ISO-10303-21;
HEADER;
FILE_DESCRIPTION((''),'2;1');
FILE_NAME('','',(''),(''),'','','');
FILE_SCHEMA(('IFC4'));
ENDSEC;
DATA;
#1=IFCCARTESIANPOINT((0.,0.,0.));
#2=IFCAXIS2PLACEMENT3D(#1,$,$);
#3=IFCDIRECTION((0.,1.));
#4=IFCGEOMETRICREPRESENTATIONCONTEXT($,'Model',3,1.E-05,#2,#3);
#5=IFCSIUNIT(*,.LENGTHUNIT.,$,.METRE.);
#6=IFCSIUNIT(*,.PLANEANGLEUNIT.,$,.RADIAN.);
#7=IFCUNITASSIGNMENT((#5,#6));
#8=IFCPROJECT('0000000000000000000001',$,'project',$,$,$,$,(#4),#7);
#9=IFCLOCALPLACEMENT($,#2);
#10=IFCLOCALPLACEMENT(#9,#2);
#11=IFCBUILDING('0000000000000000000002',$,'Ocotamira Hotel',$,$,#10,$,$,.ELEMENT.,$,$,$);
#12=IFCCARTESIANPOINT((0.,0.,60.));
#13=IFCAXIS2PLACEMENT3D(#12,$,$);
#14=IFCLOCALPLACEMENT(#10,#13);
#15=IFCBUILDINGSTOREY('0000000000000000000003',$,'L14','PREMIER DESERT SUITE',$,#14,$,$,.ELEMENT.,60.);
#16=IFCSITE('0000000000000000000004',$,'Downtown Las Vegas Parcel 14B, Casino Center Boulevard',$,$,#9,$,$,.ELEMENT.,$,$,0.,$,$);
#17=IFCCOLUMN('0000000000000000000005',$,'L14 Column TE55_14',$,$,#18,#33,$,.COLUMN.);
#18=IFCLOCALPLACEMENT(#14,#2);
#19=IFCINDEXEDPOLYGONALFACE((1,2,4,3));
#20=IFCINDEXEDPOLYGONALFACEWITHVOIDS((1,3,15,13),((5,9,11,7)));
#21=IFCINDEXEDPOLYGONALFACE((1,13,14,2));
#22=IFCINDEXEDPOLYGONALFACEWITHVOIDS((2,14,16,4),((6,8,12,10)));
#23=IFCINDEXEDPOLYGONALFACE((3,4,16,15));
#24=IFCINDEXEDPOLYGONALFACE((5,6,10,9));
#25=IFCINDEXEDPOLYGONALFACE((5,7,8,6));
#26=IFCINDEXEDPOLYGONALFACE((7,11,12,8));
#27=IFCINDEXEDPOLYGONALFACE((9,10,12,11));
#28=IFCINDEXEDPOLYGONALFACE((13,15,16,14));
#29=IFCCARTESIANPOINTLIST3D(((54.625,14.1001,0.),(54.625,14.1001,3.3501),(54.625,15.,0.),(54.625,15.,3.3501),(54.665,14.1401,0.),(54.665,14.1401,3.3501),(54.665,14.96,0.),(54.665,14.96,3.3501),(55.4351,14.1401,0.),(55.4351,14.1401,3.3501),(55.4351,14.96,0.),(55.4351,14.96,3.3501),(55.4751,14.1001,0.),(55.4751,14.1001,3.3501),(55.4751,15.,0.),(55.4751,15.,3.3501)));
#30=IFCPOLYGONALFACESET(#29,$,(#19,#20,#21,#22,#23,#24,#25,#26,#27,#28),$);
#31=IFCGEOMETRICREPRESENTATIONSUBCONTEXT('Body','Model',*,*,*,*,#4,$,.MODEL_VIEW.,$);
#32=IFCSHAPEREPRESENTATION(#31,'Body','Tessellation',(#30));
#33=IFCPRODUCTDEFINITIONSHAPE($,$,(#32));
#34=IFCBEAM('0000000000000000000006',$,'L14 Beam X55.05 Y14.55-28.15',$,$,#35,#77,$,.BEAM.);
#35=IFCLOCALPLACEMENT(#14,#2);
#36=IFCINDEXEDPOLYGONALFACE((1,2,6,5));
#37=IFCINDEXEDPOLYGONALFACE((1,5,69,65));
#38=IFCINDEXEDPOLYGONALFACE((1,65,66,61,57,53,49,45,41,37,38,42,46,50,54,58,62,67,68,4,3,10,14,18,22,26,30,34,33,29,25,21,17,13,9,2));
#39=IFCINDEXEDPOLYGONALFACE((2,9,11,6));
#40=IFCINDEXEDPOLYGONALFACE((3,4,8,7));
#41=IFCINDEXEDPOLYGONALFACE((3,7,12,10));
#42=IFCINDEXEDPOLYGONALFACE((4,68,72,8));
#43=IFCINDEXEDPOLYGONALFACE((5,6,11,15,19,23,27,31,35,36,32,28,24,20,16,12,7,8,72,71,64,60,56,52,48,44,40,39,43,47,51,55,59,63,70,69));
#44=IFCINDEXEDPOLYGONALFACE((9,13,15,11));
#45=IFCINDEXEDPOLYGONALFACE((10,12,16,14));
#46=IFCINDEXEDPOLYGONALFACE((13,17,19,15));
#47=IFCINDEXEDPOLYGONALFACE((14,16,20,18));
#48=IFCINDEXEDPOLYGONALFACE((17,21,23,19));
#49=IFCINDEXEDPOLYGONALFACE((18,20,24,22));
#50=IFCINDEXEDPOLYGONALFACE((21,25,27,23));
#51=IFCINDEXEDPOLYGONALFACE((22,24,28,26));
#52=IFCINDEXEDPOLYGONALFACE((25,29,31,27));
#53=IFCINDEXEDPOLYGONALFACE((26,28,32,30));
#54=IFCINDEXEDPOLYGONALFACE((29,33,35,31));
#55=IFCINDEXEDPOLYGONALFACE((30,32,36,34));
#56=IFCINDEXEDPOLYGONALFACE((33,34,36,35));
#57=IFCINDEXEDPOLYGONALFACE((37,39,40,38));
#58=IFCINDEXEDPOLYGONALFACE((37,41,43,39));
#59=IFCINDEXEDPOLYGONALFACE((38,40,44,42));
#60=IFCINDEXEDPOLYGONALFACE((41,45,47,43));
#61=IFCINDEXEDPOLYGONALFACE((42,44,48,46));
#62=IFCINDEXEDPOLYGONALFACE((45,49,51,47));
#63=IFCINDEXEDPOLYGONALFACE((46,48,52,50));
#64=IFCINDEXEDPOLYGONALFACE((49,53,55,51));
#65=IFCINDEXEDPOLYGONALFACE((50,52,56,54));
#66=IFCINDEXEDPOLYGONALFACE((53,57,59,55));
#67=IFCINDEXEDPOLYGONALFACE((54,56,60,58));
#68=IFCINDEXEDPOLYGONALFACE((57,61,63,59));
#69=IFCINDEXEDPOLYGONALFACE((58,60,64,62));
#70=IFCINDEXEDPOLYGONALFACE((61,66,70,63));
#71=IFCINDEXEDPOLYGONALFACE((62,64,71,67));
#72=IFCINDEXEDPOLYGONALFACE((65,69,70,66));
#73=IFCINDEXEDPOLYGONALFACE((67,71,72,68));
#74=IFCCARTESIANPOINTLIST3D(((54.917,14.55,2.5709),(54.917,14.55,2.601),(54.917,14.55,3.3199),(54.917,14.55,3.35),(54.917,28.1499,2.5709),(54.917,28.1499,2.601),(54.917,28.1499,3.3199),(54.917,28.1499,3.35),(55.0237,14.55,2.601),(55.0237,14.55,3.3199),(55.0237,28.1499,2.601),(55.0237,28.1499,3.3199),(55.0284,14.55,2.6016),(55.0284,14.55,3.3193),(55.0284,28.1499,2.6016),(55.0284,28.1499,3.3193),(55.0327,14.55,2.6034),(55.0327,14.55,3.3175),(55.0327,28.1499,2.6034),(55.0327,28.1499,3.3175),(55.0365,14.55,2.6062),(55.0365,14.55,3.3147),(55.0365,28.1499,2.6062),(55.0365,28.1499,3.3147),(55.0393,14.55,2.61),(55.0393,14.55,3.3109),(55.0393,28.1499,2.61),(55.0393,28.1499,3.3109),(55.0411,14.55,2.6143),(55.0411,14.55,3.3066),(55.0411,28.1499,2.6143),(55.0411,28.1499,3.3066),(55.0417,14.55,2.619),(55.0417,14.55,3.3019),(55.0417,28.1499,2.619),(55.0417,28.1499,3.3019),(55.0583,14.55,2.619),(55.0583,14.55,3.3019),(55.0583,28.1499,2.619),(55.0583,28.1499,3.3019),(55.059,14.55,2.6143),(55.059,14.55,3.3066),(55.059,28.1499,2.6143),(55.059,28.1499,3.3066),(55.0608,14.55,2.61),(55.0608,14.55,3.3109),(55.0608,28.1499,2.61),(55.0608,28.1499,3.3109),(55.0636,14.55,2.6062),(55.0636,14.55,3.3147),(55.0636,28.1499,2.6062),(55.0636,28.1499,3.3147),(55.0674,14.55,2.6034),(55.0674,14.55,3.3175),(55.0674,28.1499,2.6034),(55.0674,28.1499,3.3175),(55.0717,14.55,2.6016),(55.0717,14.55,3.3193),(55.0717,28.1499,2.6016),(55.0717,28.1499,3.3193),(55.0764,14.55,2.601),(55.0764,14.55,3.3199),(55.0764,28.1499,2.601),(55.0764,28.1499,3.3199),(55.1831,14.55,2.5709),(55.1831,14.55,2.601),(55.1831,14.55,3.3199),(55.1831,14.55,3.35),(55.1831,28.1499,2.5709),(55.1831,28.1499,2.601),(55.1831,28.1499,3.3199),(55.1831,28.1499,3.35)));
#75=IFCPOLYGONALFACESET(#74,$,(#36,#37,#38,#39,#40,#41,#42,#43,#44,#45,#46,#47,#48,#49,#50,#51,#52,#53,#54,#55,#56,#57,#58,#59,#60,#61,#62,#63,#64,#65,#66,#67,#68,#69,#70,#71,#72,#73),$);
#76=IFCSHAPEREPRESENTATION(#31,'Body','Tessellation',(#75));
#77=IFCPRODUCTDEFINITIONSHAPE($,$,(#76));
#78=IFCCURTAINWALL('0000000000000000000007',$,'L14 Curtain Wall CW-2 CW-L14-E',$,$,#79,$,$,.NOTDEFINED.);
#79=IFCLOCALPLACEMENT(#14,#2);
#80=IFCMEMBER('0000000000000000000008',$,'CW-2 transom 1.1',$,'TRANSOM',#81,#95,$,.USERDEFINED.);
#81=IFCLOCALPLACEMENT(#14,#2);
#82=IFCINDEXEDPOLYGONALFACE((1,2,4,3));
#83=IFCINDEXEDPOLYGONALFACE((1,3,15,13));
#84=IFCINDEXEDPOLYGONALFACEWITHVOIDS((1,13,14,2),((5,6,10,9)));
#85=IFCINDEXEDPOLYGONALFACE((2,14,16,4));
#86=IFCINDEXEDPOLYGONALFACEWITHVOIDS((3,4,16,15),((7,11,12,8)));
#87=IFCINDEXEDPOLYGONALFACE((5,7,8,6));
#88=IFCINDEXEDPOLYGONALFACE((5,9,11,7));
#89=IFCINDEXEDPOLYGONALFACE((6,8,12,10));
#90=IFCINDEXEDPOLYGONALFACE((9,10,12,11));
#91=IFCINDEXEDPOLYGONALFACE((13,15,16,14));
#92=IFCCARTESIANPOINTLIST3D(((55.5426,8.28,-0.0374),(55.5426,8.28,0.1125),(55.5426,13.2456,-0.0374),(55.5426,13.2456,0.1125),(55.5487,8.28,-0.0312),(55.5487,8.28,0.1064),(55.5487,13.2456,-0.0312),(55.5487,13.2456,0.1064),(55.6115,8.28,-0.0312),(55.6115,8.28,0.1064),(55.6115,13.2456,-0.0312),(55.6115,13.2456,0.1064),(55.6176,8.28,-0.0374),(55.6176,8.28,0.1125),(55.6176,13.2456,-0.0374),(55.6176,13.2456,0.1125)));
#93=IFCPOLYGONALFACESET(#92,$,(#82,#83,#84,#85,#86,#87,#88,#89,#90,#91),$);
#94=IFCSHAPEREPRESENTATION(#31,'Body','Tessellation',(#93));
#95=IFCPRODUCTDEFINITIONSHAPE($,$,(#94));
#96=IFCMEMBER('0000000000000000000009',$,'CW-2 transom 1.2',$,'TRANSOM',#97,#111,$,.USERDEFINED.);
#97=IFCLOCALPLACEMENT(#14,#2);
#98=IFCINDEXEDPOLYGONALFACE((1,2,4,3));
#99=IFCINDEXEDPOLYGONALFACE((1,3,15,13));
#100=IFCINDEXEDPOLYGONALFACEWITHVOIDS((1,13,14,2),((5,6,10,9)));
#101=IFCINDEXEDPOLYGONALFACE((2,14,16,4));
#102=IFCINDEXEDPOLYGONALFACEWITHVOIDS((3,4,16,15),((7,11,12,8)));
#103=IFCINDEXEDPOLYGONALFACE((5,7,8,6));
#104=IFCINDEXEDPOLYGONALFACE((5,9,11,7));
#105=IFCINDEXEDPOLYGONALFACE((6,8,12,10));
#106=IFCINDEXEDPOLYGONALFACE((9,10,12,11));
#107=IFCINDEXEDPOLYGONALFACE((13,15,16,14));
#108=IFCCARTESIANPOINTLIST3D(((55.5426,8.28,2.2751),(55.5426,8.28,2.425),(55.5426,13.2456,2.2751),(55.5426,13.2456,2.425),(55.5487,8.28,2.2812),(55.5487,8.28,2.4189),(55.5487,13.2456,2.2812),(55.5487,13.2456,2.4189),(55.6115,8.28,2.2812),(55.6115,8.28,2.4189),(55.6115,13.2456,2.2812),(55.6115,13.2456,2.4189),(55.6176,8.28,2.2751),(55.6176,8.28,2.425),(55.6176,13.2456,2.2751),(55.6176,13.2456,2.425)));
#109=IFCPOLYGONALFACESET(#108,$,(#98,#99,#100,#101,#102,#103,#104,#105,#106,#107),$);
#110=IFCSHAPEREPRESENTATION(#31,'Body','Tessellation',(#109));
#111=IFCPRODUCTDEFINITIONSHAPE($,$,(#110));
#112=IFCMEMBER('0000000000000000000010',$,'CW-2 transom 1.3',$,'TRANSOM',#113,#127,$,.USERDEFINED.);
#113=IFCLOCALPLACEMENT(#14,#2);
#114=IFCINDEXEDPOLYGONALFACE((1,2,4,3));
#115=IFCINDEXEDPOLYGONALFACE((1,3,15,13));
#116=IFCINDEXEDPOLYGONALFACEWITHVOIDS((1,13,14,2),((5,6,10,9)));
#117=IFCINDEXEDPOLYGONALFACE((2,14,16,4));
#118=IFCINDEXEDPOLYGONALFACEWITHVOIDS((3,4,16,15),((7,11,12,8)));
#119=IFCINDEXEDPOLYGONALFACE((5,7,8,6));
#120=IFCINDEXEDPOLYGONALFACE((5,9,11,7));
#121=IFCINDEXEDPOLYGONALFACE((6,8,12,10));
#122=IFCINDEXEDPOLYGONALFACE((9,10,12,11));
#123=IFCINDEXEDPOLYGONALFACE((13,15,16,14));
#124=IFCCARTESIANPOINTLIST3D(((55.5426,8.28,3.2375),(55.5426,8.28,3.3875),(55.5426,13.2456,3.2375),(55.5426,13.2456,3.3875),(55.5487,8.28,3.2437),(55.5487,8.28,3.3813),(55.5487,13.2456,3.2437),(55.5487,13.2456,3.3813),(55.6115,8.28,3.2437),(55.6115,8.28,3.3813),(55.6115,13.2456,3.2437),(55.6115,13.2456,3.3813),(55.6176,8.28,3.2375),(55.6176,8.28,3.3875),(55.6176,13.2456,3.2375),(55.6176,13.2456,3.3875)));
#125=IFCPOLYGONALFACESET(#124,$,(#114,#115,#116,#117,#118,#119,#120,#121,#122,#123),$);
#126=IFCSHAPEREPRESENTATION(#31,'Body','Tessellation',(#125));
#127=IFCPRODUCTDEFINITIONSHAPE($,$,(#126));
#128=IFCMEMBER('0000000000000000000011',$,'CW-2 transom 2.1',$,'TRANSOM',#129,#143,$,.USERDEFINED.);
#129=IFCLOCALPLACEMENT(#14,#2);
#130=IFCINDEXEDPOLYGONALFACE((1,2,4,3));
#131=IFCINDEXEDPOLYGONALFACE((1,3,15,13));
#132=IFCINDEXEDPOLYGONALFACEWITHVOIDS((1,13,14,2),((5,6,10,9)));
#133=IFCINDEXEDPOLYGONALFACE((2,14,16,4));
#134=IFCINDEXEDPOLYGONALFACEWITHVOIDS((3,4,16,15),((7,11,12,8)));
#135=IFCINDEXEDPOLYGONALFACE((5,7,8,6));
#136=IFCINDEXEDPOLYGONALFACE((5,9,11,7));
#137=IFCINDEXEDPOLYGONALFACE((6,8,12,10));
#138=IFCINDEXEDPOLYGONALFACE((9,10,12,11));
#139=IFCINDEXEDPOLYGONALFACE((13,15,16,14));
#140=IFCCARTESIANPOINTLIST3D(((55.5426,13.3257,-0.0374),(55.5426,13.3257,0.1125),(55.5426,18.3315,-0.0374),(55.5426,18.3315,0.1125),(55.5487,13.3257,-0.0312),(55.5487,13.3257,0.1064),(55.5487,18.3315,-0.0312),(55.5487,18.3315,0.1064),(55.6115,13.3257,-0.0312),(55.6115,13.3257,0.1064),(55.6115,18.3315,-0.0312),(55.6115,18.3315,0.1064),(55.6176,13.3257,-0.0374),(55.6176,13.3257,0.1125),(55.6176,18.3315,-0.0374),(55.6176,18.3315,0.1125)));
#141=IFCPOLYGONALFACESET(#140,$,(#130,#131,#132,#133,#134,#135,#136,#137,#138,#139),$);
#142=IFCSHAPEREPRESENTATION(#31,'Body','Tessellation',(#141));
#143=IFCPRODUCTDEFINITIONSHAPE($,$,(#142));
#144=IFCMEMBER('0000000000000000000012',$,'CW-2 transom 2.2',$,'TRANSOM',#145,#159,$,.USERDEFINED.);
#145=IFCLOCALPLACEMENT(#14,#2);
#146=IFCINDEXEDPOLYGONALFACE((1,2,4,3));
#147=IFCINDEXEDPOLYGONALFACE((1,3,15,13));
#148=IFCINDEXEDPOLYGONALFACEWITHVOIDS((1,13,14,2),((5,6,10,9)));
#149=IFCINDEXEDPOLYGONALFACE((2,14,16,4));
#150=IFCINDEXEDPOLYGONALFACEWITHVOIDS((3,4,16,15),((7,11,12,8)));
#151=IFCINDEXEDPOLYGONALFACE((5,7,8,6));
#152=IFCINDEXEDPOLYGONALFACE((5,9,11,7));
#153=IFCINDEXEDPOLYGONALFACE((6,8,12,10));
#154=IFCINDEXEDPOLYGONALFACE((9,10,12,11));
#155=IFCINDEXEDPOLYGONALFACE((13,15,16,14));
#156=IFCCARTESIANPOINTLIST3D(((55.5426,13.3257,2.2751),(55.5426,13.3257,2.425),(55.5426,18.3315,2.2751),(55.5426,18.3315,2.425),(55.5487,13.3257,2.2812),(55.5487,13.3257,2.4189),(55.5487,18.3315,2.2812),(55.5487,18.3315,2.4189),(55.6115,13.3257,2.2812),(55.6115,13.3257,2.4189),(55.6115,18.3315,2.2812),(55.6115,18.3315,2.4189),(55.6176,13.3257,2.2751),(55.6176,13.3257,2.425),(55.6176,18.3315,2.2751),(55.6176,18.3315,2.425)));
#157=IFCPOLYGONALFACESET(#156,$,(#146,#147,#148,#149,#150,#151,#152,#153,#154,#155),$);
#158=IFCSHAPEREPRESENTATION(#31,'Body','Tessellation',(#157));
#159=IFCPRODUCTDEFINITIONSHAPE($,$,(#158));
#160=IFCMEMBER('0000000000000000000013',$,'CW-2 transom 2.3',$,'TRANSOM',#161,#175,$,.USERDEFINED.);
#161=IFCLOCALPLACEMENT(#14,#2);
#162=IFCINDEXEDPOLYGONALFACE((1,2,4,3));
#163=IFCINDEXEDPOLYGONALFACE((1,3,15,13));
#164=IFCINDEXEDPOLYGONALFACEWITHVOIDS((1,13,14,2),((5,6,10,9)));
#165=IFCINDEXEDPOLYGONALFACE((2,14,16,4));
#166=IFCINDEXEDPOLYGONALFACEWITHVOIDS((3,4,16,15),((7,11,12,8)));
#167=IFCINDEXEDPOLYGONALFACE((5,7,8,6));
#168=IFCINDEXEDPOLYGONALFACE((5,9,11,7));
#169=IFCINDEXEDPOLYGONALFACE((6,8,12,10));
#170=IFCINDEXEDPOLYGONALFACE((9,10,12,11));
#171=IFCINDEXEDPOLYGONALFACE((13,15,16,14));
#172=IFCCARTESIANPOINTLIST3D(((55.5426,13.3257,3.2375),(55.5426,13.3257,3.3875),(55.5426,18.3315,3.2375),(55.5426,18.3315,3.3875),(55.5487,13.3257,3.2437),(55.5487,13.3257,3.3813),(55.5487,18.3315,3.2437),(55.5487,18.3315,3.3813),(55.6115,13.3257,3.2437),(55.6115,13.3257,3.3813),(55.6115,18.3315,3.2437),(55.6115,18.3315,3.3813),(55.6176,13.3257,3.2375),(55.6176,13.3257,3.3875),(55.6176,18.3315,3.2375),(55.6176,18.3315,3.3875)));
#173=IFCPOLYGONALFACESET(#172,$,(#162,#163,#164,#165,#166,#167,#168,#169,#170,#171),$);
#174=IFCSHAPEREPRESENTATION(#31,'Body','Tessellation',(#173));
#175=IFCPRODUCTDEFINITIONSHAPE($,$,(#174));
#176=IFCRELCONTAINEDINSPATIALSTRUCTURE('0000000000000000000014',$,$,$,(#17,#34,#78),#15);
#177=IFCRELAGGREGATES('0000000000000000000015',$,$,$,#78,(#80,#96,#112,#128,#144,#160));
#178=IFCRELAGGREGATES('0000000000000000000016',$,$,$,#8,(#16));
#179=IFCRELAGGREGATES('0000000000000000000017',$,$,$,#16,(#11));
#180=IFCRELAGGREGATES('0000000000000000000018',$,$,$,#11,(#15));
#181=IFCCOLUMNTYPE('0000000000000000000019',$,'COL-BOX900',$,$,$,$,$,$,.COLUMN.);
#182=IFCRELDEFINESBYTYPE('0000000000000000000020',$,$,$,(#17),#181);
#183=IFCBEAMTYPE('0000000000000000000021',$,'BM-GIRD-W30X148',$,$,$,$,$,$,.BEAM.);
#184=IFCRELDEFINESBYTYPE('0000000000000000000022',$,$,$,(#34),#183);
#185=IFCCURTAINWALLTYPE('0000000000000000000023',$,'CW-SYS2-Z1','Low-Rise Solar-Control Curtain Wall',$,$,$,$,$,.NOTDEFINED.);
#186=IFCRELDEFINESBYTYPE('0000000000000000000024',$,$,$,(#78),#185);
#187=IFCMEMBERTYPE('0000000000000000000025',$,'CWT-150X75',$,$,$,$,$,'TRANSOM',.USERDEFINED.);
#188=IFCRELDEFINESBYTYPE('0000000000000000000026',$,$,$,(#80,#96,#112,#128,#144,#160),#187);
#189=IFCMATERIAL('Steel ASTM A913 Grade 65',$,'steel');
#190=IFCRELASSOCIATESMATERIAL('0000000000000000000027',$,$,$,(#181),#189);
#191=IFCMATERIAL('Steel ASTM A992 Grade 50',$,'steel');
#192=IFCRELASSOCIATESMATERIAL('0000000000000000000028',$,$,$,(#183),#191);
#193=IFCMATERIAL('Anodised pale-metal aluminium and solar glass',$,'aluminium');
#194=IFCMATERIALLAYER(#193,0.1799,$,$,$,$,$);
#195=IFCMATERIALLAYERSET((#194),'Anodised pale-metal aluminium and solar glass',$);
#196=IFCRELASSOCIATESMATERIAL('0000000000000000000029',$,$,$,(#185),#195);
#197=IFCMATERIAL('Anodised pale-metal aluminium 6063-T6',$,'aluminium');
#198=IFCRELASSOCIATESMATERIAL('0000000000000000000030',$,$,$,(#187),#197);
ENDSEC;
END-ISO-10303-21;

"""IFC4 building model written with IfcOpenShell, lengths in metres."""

from ifc_helpers import new_model, si_unit, direction, frame, origin, origin_2d, place, context, subcontext, project, spatial, hollow_rectangle, i_section, extrude, source, transform, mapped, material, layer, layer_set, material_profile, profile_set, type_object, element, aggregate, save


model = new_model("IFC4")

# Units and contexts
model_context = context("Model", 3, precision=1e-05, world=origin(), true_north=direction((0.0, 1.0)))
body_context = subcontext(model_context, "Body", "Model", "MODEL_VIEW")
ifc_project = project(units=[si_unit("LENGTHUNIT", "METRE"), si_unit("PLANEANGLEUNIT", "RADIAN")], contexts=[model_context])

# Site, building, storey
site_placement = place(None, origin())
site = spatial("IfcSite", under=ifc_project, at=site_placement, Name="Downtown Las Vegas Parcel 14B, Casino Center Boulevard", CompositionType="ELEMENT", RefElevation=0.0)
building_placement = place(site_placement, origin())
building = spatial("IfcBuilding", under=site, at=building_placement, Name="Ocotamira Hotel", CompositionType="ELEMENT")
storey_placement = place(building_placement, frame((0.0, 0.0, 60.0)))
storey = spatial("IfcBuildingStorey", under=building, at=storey_placement, Name="L14", Description="PREMIER DESERT SUITE", CompositionType="ELEMENT", Elevation=60.0)

# Column
ifc_material_1 = material(Name="Steel ASTM A913 Grade 65", Category="steel")
ifc_material_profile_1 = material_profile(ifc_material_1, hollow_rectangle(XDim=0.8501, YDim=0.8999, WallThickness=0.04, at=origin_2d()), Name="BOX900X850X40")
ifc_profile_set_1 = profile_set([ifc_material_profile_1], Name="Steel ASTM A913 Grade 65")
column_type = type_object("IfcColumnType", Name="COL-BOX900", PredefinedType="COLUMN", material=ifc_profile_set_1)
shared_shape_1 = source(origin(), body_context, "Body", "SweptSolid", [
    extrude(hollow_rectangle(XDim=0.8501, YDim=0.8999, WallThickness=0.04, at=origin_2d()), origin(), (0.0, 0.0, 1.0), 3.3501),
])
column_placement = place(storey_placement, frame((55.05, 14.55, 0.0), z_axis=(0.0, 0.0, 1.0), x_axis=(1.0, 0.0, 0.0)))
element("IfcColumn", 1, at=column_placement, inside=storey, type_object=column_type, Name="L14 Column TE55_14", PredefinedType="COLUMN", context=body_context, shape_type="MappedRepresentation", body=[
    mapped(shared_shape_1, transform((0.0, 0.0, 0.0), scale=1.0)),
])

# Beam
ifc_material_2 = material(Name="Steel ASTM A992 Grade 50", Category="steel")
ifc_material_profile_2 = material_profile(ifc_material_2, i_section(OverallWidth=0.2661, OverallDepth=0.7791, WebThickness=0.0166, FlangeThickness=0.03, FilletRadius=0.0181, at=origin_2d()), Name="W30X148")
ifc_profile_set_2 = profile_set([ifc_material_profile_2], Name="Steel ASTM A992 Grade 50")
beam_type = type_object("IfcBeamType", Name="BM-GIRD-W30X148", PredefinedType="BEAM", material=ifc_profile_set_2)
shared_shape_2 = source(origin(), body_context, "Body", "SweptSolid", [
    extrude(i_section(OverallWidth=0.2661, OverallDepth=0.7791, WebThickness=0.0166, FlangeThickness=0.03, FilletRadius=0.0181, at=origin_2d()), origin(), (0.0, 0.0, 1.0), 13.5999),
])
beam_placement = place(storey_placement, frame((55.05, 14.55, 2.9604), z_axis=(0.0, 1.0, 0.0), x_axis=(-1.0, 0.0, 0.0)))
element("IfcBeam", 2, at=beam_placement, inside=storey, type_object=beam_type, Name="L14 Beam X55.05 Y14.55-28.15", PredefinedType="BEAM", context=body_context, shape_type="MappedRepresentation", body=[
    mapped(shared_shape_2, transform((0.0, 0.0, 0.0), scale=1.0)),
])

# Curtain wall, members
ifc_material_3 = material(Name="Anodised pale-metal aluminium and solar glass", Category="aluminium")
ifc_layer_1 = layer(ifc_material_3, 0.1799)
ifc_layer_set_1 = layer_set([ifc_layer_1], Name="Anodised pale-metal aluminium and solar glass")
curtain_wall_type = type_object("IfcCurtainWallType", Name="CW-SYS2-Z1", Description="Low-Rise Solar-Control Curtain Wall", PredefinedType="NOTDEFINED", material=ifc_layer_set_1)
curtain_wall_placement = place(storey_placement, origin())
curtain_wall = element("IfcCurtainWall", 3, at=curtain_wall_placement, inside=storey, type_object=curtain_wall_type, Name="L14 Curtain Wall CW-2 CW-L14-E", PredefinedType="NOTDEFINED")
ifc_material_4 = material(Name="Anodised pale-metal aluminium 6063-T6", Category="aluminium")
ifc_material_profile_3 = material_profile(ifc_material_4, hollow_rectangle(XDim=0.075, YDim=0.1499, WallThickness=0.0061, at=origin_2d()), Name="HSS150X75X6")
ifc_profile_set_3 = profile_set([ifc_material_profile_3], Name="Anodised pale-metal aluminium 6063-T6")
member_type_1 = type_object("IfcMemberType", Name="CWT-150X75", ElementType="TRANSOM", PredefinedType="USERDEFINED", material=ifc_profile_set_3)
shared_shape_3 = source(origin(), body_context, "Body", "SweptSolid", [
    extrude(hollow_rectangle(XDim=0.075, YDim=0.1499, WallThickness=0.0061, at=origin_2d()), origin(), (0.0, 0.0, 1.0), 4.9656),
])
member_1_placement = place(storey_placement, frame((55.5801, 8.28, 0.0376), z_axis=(0.0, 1.0, 0.0), x_axis=(-1.0, 0.0, 0.0)))
member_1 = element("IfcMember", 4, at=member_1_placement, type_object=member_type_1, Name="CW-2 transom 1.1", ObjectType="TRANSOM", PredefinedType="USERDEFINED", context=body_context, shape_type="MappedRepresentation", body=[
    mapped(shared_shape_3, transform((0.0, 0.0, 0.0), scale=1.0)),
])
member_2_placement = place(storey_placement, frame((55.5801, 8.28, 2.3501), z_axis=(0.0, 1.0, 0.0), x_axis=(-1.0, 0.0, 0.0)))
member_2 = element("IfcMember", 5, at=member_2_placement, type_object=member_type_1, Name="CW-2 transom 1.2", ObjectType="TRANSOM", PredefinedType="USERDEFINED", context=body_context, shape_type="MappedRepresentation", body=[
    mapped(shared_shape_3, transform((0.0, 0.0, 0.0), scale=1.0)),
])
member_3_placement = place(storey_placement, frame((55.5801, 8.28, 3.3125), z_axis=(0.0, 1.0, 0.0), x_axis=(-1.0, 0.0, 0.0)))
member_3 = element("IfcMember", 6, at=member_3_placement, type_object=member_type_1, Name="CW-2 transom 1.3", ObjectType="TRANSOM", PredefinedType="USERDEFINED", context=body_context, shape_type="MappedRepresentation", body=[
    mapped(shared_shape_3, transform((0.0, 0.0, 0.0), scale=1.0)),
])
shared_shape_4 = source(origin(), body_context, "Body", "SweptSolid", [
    extrude(hollow_rectangle(XDim=0.075, YDim=0.1499, WallThickness=0.0061, at=origin_2d()), origin(), (0.0, 0.0, 1.0), 5.0059),
])
member_4_placement = place(storey_placement, frame((55.5801, 13.3257, 0.0376), z_axis=(0.0, 1.0, 0.0), x_axis=(-1.0, 0.0, 0.0)))
member_4 = element("IfcMember", 7, at=member_4_placement, type_object=member_type_1, Name="CW-2 transom 2.1", ObjectType="TRANSOM", PredefinedType="USERDEFINED", context=body_context, shape_type="MappedRepresentation", body=[
    mapped(shared_shape_4, transform((0.0, 0.0, 0.0), scale=1.0)),
])
member_5_placement = place(storey_placement, frame((55.5801, 13.3257, 2.3501), z_axis=(0.0, 1.0, 0.0), x_axis=(-1.0, 0.0, 0.0)))
member_5 = element("IfcMember", 8, at=member_5_placement, type_object=member_type_1, Name="CW-2 transom 2.2", ObjectType="TRANSOM", PredefinedType="USERDEFINED", context=body_context, shape_type="MappedRepresentation", body=[
    mapped(shared_shape_4, transform((0.0, 0.0, 0.0), scale=1.0)),
])
member_6_placement = place(storey_placement, frame((55.5801, 13.3257, 3.3125), z_axis=(0.0, 1.0, 0.0), x_axis=(-1.0, 0.0, 0.0)))
member_6 = element("IfcMember", 9, at=member_6_placement, type_object=member_type_1, Name="CW-2 transom 2.3", ObjectType="TRANSOM", PredefinedType="USERDEFINED", context=body_context, shape_type="MappedRepresentation", body=[
    mapped(shared_shape_4, transform((0.0, 0.0, 0.0), scale=1.0)),
])
aggregate(curtain_wall, [member_1, member_2, member_3, member_4, member_5, member_6])

save(model, "model.ifc")
